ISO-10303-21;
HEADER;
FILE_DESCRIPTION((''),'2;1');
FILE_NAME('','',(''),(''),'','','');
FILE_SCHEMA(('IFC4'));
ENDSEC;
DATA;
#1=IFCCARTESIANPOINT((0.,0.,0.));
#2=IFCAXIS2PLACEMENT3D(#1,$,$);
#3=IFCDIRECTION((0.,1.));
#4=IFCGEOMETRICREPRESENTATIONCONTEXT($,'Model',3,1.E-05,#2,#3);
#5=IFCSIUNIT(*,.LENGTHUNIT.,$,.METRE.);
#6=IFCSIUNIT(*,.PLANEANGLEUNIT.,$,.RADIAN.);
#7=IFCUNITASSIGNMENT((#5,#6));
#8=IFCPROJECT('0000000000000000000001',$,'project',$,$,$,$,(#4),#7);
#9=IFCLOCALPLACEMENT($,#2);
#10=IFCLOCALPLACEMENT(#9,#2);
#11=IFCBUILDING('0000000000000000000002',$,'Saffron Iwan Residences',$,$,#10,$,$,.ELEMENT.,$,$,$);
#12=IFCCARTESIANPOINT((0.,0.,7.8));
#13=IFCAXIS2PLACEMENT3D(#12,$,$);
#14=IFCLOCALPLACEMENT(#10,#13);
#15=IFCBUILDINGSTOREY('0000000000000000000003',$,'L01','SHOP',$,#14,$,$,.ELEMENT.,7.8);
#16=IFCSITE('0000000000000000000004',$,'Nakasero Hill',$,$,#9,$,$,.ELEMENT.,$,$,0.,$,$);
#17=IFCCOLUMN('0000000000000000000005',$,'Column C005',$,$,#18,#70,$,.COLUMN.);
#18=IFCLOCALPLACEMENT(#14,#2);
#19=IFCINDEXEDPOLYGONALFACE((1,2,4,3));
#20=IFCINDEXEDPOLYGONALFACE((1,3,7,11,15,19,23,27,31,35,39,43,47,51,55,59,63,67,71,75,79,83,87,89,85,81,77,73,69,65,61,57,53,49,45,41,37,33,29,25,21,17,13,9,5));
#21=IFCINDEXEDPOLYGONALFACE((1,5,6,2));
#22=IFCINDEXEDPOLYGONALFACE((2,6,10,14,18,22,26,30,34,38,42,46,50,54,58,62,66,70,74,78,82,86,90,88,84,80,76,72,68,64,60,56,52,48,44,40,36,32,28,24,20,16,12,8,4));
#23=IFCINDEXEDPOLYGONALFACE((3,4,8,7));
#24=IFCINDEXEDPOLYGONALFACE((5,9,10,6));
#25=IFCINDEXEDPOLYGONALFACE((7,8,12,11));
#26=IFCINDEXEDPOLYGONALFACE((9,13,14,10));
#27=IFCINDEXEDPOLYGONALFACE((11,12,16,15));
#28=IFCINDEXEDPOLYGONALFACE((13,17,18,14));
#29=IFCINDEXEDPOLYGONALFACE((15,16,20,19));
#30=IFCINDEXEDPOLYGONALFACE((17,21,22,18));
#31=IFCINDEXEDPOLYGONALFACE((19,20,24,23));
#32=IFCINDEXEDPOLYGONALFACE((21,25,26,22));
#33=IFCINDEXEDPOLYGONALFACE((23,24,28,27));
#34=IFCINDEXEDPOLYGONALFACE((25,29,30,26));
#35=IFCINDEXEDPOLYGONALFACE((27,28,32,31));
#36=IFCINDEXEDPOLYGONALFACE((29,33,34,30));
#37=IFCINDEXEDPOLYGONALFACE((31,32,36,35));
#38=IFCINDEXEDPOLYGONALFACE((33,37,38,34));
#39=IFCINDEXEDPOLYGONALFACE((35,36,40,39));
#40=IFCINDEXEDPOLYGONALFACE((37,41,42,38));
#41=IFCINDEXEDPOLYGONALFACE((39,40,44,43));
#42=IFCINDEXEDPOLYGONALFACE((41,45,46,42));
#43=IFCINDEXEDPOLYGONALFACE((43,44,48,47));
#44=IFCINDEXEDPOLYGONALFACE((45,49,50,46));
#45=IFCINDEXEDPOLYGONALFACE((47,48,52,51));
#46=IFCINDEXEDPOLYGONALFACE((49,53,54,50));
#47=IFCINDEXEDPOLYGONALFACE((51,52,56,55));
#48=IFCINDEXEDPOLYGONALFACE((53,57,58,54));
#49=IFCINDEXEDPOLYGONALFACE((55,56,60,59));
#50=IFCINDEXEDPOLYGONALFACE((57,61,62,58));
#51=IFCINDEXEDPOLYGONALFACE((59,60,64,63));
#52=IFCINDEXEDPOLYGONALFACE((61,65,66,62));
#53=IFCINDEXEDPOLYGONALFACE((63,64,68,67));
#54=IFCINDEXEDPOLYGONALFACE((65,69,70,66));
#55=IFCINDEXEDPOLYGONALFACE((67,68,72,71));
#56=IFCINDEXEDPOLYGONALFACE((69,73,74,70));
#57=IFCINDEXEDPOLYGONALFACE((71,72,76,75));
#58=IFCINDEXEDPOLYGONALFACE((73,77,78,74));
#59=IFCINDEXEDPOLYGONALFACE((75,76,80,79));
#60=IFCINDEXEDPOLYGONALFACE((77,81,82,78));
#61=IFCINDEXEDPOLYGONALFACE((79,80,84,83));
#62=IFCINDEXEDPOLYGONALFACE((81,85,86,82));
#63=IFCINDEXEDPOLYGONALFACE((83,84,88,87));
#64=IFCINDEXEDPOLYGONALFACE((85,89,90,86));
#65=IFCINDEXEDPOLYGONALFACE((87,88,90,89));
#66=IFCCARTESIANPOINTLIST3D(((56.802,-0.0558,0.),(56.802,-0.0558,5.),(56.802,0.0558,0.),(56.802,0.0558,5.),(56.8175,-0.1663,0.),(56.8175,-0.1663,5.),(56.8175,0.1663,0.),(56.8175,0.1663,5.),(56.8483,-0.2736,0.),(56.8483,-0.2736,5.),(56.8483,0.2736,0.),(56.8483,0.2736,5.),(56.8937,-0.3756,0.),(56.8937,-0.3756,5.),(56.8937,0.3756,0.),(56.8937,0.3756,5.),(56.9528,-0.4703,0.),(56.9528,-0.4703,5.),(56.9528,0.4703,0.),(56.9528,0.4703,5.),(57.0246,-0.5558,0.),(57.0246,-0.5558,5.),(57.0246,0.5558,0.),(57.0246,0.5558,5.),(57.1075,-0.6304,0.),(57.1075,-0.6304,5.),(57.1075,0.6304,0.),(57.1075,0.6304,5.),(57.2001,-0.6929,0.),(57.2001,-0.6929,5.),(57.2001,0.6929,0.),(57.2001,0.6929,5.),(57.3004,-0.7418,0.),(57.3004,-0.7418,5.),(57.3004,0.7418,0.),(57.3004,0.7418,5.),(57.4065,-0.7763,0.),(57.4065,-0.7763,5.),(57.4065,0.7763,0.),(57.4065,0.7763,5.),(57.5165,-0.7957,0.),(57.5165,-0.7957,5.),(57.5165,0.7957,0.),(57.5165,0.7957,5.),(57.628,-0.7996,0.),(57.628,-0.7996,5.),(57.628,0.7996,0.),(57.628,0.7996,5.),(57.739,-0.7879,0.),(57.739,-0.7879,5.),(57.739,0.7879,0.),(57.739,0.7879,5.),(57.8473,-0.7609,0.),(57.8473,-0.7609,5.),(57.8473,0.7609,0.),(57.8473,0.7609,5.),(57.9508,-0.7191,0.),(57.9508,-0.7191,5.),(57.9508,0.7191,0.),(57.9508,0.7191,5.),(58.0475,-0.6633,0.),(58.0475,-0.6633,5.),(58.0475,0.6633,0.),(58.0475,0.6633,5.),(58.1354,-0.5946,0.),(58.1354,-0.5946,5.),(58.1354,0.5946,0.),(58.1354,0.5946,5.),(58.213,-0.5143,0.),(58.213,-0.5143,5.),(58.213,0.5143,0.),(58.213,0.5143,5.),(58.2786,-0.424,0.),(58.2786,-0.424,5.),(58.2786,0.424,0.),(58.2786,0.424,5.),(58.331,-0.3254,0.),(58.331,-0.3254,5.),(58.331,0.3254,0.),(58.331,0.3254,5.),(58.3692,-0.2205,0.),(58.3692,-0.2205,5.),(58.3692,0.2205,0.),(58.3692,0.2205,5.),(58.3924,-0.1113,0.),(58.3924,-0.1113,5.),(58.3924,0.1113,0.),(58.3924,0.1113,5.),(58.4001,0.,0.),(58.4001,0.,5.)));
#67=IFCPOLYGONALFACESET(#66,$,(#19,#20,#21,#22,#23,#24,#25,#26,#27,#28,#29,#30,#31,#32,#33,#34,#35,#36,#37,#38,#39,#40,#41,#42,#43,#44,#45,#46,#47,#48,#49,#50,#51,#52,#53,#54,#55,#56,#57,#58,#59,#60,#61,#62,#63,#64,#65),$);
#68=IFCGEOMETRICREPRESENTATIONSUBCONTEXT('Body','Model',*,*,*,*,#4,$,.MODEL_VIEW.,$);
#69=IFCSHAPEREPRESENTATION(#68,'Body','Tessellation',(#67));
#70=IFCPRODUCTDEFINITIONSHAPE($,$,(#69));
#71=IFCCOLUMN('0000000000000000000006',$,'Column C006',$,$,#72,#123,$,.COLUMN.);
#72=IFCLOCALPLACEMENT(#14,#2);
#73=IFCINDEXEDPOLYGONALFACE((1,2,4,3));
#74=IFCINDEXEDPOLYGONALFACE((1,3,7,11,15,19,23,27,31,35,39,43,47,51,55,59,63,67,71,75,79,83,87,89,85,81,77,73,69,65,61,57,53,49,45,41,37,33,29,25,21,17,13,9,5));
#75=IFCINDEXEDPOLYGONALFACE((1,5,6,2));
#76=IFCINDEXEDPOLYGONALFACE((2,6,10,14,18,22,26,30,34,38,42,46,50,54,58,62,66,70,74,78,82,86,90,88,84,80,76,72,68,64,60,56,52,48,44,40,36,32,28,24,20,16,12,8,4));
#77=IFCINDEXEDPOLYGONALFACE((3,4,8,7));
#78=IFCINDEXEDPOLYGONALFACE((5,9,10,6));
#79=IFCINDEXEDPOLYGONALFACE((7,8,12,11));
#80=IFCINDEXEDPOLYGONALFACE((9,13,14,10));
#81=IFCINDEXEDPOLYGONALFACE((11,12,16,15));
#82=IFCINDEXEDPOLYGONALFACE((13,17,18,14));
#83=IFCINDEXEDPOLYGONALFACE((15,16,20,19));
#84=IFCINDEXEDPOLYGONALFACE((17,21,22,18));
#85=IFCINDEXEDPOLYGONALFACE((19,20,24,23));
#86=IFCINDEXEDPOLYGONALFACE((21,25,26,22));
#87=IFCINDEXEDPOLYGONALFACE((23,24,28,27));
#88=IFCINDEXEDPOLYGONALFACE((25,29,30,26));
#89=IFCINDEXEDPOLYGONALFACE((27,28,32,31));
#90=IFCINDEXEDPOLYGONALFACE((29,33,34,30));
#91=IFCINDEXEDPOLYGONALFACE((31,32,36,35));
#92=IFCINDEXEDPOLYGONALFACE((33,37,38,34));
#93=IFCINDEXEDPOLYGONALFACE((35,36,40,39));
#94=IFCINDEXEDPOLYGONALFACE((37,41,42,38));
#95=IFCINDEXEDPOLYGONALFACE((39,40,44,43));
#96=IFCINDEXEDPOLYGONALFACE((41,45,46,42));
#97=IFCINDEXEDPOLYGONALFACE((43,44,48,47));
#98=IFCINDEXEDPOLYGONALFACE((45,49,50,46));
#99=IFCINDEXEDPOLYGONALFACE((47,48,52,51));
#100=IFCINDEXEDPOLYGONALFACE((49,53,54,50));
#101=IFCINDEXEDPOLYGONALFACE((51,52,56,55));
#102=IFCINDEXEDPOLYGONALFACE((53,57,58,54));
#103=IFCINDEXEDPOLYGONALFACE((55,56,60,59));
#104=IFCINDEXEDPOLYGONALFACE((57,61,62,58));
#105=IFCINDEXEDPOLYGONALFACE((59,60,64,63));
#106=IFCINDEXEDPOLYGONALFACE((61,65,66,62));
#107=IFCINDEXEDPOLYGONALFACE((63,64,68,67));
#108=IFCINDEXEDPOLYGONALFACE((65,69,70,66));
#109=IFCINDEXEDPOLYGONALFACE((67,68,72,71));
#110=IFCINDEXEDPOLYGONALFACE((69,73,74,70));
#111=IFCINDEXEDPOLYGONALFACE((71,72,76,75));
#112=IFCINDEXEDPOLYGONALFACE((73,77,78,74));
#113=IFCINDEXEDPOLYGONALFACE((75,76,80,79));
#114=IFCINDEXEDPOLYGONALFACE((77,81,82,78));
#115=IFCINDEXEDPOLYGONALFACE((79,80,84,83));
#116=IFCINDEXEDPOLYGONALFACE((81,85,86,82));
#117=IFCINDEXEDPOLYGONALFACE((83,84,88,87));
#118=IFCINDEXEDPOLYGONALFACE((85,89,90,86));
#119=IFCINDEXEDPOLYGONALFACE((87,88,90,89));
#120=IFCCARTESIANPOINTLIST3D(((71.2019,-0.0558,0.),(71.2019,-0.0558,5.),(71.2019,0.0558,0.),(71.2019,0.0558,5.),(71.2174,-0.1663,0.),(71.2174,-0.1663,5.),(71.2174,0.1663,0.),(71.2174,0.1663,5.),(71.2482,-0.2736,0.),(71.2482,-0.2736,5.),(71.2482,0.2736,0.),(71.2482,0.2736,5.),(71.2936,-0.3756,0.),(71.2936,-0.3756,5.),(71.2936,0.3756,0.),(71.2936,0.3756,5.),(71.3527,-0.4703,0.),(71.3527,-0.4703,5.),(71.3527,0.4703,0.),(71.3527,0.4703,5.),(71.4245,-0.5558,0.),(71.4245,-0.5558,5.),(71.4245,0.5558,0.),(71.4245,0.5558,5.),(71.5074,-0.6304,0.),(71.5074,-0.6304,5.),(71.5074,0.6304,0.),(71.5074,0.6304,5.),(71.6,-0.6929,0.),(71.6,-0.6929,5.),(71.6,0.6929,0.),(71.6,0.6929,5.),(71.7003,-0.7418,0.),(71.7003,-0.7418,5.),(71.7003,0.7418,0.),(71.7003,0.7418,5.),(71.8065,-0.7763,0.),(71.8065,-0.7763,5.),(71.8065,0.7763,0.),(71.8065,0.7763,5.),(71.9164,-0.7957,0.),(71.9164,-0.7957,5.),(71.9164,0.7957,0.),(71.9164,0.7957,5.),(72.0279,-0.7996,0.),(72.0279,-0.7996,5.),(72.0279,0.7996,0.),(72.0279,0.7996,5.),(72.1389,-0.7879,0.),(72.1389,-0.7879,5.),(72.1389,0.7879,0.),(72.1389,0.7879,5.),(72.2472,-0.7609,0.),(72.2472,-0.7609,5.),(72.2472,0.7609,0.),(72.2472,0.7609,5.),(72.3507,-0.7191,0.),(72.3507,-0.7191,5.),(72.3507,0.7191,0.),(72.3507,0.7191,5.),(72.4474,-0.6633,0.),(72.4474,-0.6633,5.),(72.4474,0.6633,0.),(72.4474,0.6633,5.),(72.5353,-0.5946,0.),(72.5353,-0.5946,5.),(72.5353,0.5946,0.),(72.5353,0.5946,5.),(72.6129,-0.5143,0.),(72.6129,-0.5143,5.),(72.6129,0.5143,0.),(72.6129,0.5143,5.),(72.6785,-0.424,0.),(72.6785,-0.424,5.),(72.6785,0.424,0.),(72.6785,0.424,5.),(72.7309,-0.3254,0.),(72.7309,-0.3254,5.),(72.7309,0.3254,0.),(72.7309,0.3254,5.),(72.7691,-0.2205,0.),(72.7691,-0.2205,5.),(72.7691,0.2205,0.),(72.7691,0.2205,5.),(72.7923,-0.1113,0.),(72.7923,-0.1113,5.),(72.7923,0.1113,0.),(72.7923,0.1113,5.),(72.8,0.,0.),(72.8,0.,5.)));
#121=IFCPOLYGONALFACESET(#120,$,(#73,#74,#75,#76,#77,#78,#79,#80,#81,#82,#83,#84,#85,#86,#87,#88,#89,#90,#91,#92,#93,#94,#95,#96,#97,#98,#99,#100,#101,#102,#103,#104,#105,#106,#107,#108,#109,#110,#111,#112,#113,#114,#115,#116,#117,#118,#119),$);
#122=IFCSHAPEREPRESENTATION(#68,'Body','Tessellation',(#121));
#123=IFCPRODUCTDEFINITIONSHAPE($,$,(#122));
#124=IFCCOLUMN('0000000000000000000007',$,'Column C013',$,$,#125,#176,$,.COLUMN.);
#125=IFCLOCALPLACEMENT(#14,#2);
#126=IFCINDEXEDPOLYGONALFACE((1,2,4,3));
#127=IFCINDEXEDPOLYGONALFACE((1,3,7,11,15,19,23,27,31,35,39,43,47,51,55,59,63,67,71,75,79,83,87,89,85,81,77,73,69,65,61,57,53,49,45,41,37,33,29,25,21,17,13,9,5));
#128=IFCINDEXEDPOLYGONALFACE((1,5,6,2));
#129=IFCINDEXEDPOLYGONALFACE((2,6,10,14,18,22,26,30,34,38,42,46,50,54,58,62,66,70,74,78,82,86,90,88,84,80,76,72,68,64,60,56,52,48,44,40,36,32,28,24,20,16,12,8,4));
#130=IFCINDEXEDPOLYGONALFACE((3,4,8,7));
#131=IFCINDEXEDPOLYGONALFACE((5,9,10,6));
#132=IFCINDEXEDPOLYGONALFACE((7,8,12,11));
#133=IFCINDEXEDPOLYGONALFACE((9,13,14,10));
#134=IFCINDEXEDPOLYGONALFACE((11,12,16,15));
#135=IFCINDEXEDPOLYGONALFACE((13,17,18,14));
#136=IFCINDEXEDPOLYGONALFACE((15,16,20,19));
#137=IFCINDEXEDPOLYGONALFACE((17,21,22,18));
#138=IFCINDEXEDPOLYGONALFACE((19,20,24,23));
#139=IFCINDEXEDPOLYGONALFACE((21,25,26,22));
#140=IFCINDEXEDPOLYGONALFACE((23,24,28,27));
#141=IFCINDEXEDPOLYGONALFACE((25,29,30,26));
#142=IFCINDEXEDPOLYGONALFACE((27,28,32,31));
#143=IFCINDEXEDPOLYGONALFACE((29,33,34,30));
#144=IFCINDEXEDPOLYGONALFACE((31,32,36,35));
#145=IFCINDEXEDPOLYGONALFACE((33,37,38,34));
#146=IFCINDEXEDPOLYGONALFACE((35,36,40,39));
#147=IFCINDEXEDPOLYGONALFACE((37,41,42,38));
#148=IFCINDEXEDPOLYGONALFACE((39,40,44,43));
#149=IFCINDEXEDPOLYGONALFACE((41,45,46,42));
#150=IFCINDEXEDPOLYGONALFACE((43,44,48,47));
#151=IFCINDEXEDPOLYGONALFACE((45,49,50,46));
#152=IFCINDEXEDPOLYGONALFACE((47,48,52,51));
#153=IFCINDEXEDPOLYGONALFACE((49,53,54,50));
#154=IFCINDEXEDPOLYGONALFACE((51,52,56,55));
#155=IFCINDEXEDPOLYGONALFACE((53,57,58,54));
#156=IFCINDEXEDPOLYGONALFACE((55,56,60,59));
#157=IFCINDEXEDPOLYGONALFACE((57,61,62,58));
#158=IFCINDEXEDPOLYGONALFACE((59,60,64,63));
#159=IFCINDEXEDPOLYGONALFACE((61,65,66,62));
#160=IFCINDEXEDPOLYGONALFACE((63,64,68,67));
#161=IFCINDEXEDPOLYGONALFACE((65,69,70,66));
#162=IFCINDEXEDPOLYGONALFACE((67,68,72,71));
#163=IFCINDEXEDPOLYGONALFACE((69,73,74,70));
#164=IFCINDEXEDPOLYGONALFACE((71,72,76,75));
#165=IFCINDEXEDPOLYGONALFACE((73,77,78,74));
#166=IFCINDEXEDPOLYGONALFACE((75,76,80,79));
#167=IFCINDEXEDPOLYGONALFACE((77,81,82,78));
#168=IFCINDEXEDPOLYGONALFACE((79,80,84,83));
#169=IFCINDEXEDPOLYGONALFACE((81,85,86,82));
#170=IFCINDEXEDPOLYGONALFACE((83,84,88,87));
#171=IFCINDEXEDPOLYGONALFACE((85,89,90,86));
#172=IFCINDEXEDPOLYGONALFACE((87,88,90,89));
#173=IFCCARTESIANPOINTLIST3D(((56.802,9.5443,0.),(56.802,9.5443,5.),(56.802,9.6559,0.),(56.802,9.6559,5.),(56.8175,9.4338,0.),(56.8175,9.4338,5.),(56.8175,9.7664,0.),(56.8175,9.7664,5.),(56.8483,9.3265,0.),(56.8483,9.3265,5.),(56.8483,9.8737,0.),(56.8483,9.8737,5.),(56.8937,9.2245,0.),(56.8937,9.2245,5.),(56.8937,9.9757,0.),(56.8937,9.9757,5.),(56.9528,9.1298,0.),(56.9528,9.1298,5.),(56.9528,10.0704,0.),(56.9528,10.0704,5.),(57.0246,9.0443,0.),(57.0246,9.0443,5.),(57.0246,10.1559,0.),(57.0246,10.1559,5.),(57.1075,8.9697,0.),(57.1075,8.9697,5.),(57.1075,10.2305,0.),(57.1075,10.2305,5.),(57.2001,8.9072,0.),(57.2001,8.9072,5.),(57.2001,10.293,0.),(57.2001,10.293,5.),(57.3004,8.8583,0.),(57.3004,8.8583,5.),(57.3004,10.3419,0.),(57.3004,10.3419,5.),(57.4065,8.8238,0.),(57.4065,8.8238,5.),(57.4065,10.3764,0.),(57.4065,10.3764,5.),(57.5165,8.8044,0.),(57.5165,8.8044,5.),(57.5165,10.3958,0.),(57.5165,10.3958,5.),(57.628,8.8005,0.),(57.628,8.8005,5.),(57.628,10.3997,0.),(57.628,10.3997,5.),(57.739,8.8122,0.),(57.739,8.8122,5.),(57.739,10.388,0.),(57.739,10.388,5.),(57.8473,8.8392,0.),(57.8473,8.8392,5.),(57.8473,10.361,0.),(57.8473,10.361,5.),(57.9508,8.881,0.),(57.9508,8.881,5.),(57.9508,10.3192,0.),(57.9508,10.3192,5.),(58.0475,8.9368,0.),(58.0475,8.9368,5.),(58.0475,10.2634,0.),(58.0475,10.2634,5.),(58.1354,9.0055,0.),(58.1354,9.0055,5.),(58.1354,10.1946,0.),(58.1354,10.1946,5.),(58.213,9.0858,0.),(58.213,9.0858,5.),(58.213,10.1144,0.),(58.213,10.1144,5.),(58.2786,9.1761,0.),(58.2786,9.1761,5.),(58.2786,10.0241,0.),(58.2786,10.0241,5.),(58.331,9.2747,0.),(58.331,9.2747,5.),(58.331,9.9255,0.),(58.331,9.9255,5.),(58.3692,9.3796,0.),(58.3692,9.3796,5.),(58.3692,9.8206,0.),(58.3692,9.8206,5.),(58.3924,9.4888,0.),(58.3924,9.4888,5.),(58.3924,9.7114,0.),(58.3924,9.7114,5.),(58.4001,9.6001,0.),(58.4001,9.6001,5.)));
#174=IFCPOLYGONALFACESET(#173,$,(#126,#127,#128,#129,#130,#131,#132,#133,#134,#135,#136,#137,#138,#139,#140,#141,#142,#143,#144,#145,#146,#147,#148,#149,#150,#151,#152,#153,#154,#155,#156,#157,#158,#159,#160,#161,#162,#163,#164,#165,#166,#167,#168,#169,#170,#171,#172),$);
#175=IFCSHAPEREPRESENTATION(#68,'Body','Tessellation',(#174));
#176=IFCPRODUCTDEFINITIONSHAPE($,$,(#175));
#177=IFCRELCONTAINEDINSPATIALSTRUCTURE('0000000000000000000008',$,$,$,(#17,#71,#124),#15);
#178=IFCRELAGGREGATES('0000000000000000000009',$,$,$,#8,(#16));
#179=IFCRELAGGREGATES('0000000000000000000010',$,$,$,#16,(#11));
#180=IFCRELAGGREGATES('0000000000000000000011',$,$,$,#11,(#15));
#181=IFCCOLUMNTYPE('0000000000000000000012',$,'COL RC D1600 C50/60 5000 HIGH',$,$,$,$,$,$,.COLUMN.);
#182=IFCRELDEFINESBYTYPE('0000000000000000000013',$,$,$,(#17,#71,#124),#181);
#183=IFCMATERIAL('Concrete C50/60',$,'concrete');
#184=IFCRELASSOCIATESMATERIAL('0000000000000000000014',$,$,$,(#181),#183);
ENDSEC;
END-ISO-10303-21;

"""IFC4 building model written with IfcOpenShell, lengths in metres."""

from ifc_helpers import new_model, si_unit, direction, frame, origin, origin_2d, place, context, subcontext, project, spatial, circle, extrude, source, transform, mapped, material, material_profile, profile_set, type_object, element, save


model = new_model("IFC4")

# Units and contexts
model_context = context("Model", 3, precision=1e-05, world=origin(), true_north=direction((0.0, 1.0)))
body_context = subcontext(model_context, "Body", "Model", "MODEL_VIEW")
ifc_project = project(units=[si_unit("LENGTHUNIT", "METRE"), si_unit("PLANEANGLEUNIT", "RADIAN")], contexts=[model_context])

# Site, building, storey
site_placement = place(None, origin())
site = spatial("IfcSite", under=ifc_project, at=site_placement, Name="Nakasero Hill", CompositionType="ELEMENT", RefElevation=0.0)
building_placement = place(site_placement, origin())
building = spatial("IfcBuilding", under=site, at=building_placement, Name="Saffron Iwan Residences", CompositionType="ELEMENT")
storey_placement = place(building_placement, frame((0.0, 0.0, 7.8)))
storey = spatial("IfcBuildingStorey", under=building, at=storey_placement, Name="L01", Description="SHOP", CompositionType="ELEMENT", Elevation=7.8)

# Columns
ifc_material_1 = material(Name="Concrete C50/60", Category="concrete")
ifc_material_profile_1 = material_profile(ifc_material_1, circle(Radius=0.8, at=origin_2d()), Name="RC D1600")
ifc_profile_set_1 = profile_set([ifc_material_profile_1], Name="Concrete C50/60")
column_type = type_object("IfcColumnType", Name="COL RC D1600 C50/60 5000 HIGH", PredefinedType="COLUMN", material=ifc_profile_set_1)
shared_shape_1 = source(origin(), body_context, "Body", "SweptSolid", [
    extrude(circle(Radius=0.8, at=origin_2d()), origin(), (0.0, 0.0, 1.0), 5.0),
])
for number, where, z_axis, x_axis, name in (
    (1, (57.6001, 0.0, 0.0), (0.0, 0.0, 1.0), (1.0, 0.0, 0.0), "Column C005"),
    (2, (72.0, 0.0, 0.0), (0.0, 0.0, 1.0), (1.0, 0.0, 0.0), "Column C006"),
    (3, (57.6001, 9.6001, 0.0), (0.0, 0.0, 1.0), (1.0, 0.0, 0.0), "Column C013"),
):
    element("IfcColumn", number, at=place(storey_placement, frame(where, z_axis=z_axis, x_axis=x_axis)), inside=storey, type_object=column_type, Name=name, PredefinedType="COLUMN", context=body_context, shape_type="MappedRepresentation", body=[
        mapped(shared_shape_1, transform((0.0, 0.0, 0.0))),
    ])

save(model, "model.ifc")
